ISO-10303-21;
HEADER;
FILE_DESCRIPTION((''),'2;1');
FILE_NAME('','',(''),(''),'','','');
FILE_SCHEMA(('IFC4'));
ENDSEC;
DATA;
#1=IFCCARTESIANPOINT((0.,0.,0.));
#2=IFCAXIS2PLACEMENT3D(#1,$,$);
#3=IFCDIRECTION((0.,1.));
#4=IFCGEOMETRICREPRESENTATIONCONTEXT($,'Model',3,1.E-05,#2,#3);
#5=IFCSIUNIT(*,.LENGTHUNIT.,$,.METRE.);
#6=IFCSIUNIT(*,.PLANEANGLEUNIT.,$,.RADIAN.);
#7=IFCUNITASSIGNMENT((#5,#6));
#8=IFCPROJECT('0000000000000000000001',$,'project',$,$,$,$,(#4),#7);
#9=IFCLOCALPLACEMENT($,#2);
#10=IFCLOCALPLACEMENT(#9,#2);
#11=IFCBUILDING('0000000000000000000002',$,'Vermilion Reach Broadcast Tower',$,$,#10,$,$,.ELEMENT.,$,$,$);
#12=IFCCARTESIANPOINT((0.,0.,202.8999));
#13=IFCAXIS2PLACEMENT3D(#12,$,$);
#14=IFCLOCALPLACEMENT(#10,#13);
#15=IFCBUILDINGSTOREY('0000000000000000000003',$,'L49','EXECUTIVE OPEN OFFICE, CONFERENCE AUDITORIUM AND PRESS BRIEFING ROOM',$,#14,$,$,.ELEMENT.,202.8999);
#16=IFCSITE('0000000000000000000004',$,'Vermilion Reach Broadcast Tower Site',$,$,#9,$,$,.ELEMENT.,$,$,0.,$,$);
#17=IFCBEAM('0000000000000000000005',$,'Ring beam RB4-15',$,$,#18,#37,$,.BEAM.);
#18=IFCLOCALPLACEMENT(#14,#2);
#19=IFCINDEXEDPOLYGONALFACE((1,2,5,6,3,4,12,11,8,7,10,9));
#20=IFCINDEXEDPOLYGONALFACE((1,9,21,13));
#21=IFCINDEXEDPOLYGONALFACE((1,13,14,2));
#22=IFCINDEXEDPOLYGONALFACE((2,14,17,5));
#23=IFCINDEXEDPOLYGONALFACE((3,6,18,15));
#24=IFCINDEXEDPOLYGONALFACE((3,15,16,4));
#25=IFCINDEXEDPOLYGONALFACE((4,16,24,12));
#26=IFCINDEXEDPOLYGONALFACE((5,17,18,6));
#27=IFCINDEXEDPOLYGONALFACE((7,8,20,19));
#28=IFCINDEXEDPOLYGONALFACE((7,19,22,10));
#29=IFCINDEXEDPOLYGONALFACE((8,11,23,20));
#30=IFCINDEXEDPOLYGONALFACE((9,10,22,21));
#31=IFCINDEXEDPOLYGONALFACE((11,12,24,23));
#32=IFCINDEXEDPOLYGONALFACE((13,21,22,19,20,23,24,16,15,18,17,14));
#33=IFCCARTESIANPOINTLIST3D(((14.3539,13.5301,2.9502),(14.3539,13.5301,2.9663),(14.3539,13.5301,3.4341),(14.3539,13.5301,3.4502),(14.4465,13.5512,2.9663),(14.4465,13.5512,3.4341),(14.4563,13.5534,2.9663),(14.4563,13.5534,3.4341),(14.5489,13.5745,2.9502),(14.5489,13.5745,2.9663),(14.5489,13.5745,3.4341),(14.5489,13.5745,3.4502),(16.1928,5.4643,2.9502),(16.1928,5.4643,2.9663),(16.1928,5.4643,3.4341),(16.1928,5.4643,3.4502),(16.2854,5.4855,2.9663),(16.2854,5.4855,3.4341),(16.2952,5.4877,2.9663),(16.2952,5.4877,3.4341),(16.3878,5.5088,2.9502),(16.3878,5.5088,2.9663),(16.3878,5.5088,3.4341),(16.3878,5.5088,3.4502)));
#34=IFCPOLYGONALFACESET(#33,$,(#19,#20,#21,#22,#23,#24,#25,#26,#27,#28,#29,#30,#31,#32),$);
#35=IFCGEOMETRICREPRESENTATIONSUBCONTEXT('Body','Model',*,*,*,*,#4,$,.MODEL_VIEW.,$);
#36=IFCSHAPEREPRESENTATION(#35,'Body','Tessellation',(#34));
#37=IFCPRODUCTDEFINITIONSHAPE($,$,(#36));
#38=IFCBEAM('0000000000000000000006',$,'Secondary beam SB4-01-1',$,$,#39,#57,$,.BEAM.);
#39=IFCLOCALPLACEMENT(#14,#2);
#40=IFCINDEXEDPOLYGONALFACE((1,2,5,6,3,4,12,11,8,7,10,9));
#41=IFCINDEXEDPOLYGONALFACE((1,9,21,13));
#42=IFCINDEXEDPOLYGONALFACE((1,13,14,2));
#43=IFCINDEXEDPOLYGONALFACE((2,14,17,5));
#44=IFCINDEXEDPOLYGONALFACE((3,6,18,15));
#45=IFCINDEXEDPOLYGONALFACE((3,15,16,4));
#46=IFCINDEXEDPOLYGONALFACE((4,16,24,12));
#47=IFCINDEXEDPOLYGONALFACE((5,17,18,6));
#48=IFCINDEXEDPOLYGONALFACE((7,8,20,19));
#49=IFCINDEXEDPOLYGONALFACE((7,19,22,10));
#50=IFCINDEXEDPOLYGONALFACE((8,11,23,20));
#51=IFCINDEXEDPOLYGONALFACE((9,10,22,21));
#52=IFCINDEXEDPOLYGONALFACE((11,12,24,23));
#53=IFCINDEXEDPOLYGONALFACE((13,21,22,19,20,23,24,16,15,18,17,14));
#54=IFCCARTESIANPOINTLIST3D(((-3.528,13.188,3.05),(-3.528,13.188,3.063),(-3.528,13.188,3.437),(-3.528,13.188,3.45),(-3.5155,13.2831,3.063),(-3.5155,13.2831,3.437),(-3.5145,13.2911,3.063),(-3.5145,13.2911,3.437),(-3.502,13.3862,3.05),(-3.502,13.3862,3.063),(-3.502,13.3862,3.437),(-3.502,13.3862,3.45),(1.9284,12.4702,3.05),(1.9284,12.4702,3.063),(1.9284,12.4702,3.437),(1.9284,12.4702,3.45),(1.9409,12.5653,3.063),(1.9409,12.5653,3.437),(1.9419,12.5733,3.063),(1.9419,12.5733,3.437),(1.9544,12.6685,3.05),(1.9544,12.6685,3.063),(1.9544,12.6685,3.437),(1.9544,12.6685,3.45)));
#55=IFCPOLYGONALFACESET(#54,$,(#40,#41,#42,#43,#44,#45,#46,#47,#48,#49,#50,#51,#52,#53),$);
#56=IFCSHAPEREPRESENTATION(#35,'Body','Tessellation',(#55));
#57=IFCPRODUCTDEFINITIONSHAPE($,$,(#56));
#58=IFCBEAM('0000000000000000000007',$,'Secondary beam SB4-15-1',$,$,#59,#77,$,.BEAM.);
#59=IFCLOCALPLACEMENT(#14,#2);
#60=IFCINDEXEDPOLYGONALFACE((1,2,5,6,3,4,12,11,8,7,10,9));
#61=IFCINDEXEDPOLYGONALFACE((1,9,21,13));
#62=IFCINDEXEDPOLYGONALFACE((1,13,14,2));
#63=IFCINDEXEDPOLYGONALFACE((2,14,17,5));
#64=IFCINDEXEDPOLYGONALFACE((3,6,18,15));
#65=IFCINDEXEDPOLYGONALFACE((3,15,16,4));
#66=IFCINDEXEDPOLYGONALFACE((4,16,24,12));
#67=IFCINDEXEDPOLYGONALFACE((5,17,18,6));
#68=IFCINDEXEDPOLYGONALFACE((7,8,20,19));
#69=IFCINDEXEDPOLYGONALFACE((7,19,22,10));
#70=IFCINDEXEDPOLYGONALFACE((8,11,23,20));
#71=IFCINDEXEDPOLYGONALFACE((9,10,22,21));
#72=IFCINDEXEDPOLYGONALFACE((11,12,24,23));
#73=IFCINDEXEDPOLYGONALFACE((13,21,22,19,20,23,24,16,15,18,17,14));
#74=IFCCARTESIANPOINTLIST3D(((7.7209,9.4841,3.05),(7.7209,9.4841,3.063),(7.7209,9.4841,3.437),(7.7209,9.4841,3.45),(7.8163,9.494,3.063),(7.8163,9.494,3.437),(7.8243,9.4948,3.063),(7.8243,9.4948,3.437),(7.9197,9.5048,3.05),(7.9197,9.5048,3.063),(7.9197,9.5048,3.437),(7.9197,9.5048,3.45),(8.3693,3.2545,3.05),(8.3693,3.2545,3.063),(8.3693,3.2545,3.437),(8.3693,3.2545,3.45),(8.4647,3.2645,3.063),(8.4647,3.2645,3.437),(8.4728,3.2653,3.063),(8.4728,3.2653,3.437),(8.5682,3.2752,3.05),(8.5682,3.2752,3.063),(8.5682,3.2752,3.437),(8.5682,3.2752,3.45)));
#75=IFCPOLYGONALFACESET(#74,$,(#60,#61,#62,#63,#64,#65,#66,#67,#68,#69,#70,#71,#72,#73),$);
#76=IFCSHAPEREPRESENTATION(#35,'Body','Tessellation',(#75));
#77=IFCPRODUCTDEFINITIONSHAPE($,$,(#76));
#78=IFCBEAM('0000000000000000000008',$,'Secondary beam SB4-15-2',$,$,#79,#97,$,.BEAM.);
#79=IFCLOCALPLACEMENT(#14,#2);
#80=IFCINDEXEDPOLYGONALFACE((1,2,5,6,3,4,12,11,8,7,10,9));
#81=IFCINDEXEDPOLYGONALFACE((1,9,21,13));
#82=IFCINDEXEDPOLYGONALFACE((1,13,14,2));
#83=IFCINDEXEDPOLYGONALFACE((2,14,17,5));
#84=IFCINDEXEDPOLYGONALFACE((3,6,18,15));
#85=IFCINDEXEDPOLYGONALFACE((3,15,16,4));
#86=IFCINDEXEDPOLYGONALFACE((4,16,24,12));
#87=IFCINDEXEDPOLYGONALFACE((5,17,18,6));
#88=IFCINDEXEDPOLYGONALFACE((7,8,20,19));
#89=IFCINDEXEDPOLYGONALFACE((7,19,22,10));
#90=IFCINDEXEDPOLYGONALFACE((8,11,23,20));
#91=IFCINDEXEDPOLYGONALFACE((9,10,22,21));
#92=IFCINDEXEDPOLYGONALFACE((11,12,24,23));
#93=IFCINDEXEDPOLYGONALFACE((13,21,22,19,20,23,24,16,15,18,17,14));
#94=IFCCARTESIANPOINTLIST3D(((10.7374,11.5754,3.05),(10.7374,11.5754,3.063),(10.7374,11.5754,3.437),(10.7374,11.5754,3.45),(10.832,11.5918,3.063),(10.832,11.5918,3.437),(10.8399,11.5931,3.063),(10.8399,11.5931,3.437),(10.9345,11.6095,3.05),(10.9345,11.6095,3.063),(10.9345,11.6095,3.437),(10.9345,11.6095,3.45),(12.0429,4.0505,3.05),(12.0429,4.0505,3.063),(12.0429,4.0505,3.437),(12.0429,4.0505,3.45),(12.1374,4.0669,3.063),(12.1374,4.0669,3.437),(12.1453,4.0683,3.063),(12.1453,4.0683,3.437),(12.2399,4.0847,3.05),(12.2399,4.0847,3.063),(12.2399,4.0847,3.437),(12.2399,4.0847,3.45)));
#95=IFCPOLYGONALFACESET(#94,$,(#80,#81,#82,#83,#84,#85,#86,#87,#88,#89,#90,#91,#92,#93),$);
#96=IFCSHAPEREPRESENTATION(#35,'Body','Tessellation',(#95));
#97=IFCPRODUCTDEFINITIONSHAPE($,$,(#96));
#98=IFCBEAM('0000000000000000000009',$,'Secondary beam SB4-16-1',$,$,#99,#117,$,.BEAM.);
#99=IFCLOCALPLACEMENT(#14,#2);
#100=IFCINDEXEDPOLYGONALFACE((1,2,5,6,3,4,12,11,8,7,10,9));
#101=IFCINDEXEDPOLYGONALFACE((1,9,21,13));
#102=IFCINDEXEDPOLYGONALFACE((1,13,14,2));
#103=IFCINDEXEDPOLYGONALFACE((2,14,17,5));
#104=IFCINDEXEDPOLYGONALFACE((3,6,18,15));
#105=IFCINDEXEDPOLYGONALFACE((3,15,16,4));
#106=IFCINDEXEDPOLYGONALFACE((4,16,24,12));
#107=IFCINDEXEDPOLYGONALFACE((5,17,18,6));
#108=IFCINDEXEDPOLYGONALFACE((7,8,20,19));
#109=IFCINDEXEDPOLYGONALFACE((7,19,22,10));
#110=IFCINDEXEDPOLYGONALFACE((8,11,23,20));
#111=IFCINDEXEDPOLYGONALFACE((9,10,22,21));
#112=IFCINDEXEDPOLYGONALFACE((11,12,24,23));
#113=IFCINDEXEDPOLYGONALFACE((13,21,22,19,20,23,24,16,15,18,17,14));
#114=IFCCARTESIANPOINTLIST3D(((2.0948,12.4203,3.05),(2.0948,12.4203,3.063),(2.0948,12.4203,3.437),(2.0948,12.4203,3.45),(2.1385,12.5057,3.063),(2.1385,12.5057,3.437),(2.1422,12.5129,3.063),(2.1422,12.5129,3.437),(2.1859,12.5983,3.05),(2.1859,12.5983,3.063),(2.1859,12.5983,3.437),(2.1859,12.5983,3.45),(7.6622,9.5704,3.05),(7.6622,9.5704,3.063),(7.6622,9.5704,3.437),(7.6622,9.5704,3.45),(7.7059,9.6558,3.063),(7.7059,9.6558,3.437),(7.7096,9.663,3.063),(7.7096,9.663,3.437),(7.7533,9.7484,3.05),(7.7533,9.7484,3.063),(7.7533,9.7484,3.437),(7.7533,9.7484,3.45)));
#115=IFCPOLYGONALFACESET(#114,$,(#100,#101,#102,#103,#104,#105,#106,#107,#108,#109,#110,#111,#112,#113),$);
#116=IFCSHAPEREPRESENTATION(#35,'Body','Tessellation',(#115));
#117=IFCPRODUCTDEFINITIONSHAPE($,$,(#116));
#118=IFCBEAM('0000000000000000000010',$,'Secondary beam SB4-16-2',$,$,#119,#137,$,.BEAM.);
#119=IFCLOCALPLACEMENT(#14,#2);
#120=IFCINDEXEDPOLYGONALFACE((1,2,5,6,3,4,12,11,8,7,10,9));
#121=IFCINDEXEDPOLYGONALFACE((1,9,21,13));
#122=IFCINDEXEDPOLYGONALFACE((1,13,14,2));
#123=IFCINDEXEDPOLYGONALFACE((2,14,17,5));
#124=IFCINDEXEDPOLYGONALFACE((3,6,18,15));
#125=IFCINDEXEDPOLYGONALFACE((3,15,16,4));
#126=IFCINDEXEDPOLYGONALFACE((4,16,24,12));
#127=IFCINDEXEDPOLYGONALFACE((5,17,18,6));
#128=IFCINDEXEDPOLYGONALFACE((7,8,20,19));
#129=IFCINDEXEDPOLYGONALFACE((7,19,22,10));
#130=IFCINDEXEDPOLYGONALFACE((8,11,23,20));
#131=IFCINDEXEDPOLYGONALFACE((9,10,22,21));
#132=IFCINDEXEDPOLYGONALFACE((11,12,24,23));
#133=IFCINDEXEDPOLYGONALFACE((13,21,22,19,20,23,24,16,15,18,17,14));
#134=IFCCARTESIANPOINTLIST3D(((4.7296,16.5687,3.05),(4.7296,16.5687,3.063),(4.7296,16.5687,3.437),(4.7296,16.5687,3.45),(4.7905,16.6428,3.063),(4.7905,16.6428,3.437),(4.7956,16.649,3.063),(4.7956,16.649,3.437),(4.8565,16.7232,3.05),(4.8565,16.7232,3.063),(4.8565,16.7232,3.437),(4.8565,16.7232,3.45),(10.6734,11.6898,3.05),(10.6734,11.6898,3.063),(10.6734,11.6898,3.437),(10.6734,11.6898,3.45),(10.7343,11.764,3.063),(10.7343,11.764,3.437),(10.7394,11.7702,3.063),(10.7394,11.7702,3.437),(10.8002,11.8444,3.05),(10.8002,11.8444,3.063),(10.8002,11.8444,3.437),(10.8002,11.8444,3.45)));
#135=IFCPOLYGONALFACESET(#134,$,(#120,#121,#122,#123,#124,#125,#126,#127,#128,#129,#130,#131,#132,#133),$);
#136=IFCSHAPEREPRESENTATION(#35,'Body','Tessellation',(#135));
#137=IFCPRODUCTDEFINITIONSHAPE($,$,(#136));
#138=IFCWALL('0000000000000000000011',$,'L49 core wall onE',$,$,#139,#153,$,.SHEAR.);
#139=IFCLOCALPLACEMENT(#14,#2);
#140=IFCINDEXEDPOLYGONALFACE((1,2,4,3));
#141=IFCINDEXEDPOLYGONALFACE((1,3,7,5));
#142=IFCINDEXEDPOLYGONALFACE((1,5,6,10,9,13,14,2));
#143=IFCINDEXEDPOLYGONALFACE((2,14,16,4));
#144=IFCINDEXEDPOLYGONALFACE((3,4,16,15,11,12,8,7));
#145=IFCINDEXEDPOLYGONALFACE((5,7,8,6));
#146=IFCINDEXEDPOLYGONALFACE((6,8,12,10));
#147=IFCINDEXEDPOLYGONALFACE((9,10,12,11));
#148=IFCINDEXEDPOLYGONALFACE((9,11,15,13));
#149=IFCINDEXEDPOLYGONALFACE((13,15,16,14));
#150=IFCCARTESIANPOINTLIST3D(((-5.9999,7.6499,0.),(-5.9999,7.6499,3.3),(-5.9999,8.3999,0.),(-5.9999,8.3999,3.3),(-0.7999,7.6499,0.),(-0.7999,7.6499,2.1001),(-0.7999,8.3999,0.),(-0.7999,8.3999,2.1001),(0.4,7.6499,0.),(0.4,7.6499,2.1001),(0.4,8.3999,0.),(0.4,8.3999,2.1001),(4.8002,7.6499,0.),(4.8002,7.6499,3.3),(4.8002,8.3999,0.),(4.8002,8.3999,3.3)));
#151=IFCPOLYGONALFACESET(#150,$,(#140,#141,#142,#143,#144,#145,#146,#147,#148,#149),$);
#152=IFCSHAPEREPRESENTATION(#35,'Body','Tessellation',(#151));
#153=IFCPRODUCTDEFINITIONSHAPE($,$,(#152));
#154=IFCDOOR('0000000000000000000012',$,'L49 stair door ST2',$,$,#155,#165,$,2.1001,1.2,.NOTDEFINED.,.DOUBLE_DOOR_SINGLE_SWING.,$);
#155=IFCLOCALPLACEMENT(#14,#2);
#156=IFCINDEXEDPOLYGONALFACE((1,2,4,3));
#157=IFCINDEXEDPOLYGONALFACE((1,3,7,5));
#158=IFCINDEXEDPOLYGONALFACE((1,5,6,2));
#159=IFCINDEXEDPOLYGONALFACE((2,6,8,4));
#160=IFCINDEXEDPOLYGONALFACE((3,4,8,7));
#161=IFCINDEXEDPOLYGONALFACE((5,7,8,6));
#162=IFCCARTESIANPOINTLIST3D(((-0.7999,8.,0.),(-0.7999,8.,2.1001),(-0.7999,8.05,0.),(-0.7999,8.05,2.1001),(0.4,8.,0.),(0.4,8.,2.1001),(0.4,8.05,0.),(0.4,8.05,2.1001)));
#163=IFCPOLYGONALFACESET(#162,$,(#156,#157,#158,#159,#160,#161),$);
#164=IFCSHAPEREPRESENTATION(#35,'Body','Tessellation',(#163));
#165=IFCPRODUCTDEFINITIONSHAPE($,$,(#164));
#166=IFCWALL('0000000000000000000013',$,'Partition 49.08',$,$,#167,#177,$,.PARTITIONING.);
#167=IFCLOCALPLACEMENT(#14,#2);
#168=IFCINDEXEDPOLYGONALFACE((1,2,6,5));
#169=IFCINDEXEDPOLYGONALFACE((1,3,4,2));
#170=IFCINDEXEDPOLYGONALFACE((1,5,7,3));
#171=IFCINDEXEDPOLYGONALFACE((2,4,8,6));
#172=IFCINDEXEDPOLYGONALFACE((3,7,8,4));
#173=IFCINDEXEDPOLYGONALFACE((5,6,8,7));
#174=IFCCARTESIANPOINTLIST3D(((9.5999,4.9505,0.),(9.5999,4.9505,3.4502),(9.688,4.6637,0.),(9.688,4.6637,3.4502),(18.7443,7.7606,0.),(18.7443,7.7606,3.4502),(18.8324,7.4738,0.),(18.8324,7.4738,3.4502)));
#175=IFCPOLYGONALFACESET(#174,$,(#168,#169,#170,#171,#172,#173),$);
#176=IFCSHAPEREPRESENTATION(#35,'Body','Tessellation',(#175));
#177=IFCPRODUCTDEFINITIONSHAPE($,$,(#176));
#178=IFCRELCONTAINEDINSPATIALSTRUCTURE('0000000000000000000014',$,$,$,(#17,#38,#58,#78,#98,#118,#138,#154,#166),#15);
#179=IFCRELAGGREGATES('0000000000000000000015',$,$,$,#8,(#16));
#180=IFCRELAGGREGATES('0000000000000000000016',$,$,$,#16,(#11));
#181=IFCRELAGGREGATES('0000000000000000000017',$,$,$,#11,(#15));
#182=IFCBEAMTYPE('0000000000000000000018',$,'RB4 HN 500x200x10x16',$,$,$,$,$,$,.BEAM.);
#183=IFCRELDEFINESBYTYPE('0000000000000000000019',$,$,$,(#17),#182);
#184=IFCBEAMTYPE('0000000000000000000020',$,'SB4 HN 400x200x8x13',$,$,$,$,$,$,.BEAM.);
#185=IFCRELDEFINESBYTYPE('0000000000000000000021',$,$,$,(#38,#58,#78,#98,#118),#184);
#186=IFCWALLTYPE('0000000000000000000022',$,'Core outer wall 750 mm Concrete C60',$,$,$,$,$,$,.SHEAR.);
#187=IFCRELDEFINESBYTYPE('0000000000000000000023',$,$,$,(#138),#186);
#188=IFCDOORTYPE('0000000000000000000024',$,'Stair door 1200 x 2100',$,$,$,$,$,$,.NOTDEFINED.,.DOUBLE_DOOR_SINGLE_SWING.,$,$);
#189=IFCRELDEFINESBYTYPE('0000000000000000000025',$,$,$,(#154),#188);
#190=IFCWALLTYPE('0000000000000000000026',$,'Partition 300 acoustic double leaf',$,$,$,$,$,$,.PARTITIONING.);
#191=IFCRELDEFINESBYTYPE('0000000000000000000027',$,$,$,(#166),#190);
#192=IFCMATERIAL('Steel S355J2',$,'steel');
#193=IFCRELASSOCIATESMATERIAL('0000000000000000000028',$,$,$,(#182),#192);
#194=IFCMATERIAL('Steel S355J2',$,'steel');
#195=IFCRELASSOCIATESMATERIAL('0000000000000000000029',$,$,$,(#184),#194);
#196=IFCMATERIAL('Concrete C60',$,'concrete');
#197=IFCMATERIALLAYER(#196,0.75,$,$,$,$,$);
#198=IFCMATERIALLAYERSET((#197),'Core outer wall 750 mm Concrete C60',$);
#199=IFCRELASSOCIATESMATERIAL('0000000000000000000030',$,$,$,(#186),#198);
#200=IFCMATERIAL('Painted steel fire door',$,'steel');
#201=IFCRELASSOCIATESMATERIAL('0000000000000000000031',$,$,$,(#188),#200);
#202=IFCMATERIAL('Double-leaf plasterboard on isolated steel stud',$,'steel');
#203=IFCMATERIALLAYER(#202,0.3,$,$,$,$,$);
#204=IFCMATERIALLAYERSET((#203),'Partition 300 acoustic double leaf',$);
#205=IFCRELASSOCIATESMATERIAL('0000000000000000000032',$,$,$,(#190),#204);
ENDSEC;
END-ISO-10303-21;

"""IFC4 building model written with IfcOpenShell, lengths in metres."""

from ifc_helpers import new_model, si_unit, direction, frame, frame_2d, origin, origin_2d, place, context, subcontext, project, spatial, rectangle, i_section, extrude, material, layer, layer_set, material_profile, profile_set, type_object, element, fill, save


model = new_model("IFC4")

# Units and contexts
model_context = context("Model", 3, precision=1e-05, world=origin(), true_north=direction((0.0, 1.0)))
body_context = subcontext(model_context, "Body", "Model", "MODEL_VIEW")
ifc_project = project(units=[si_unit("LENGTHUNIT", "METRE"), si_unit("PLANEANGLEUNIT", "RADIAN")], contexts=[model_context])

# Site, building, storey
site_placement = place(None, origin())
site = spatial("IfcSite", under=ifc_project, at=site_placement, Name="Vermilion Reach Broadcast Tower Site", CompositionType="ELEMENT", RefElevation=0.0)
building_placement = place(site_placement, origin())
building = spatial("IfcBuilding", under=site, at=building_placement, Name="Vermilion Reach Broadcast Tower", CompositionType="ELEMENT")
storey_placement = place(building_placement, frame((0.0, 0.0, 202.8999)))
storey = spatial("IfcBuildingStorey", under=building, at=storey_placement, Name="L49", Description="EXECUTIVE OPEN OFFICE, CONFERENCE AUDITORIUM AND PRESS BRIEFING ROOM", CompositionType="ELEMENT", Elevation=202.8999)

# Beams
ifc_material_1 = material(Name="Steel S355J2", Category="steel")
ifc_material_profile_1 = material_profile(ifc_material_1, i_section(OverallWidth=0.2, OverallDepth=0.5, WebThickness=0.01, FlangeThickness=0.0161, at=origin_2d()), Name="S355J2 HN 500x200x10x16")
ifc_profile_set_1 = profile_set([ifc_material_profile_1], Name="Steel S355J2")
beam_type_1 = type_object("IfcBeamType", Name="RB4 HN 500x200x10x16", PredefinedType="BEAM", material=ifc_profile_set_1)
beam_1_placement = place(storey_placement, frame((16.2903, 5.4866, 3.2002), z_axis=(-0.222283, 0.974982, 0.0), x_axis=(-0.974982, -0.222283, 0.0)))
element("IfcBeam", 1, at=beam_1_placement, inside=storey, type_object=beam_type_1, Name="Ring beam RB4-15", PredefinedType="BEAM", context=body_context, shape_type="SweptSolid", body=[
    extrude(i_section(OverallWidth=0.2, OverallDepth=0.5, WebThickness=0.01, FlangeThickness=0.0161, at=origin_2d()), origin(), (0.0, 0.0, 1.0), 8.2727),
])
ifc_material_2 = material(Name="Steel S355J2", Category="steel")
ifc_material_profile_2 = material_profile(ifc_material_2, i_section(OverallWidth=0.2, OverallDepth=0.3999, WebThickness=0.0081, FlangeThickness=0.0129, at=origin_2d()), Name="S355J2 HN 400x200x8x13")
ifc_profile_set_2 = profile_set([ifc_material_profile_2], Name="Steel S355J2")
beam_type_2 = type_object("IfcBeamType", Name="SB4 HN 400x200x8x13", PredefinedType="BEAM", material=ifc_profile_set_2)
beam_2_placement = place(storey_placement, frame((1.9414, 12.5693, 3.25), z_axis=(-0.991458, 0.130426, 0.0), x_axis=(-0.130426, -0.991458, 0.0)))
element("IfcBeam", 2, at=beam_2_placement, inside=storey, type_object=beam_type_2, Name="Secondary beam SB4-01-1", PredefinedType="BEAM", context=body_context, shape_type="SweptSolid", body=[
    extrude(i_section(OverallWidth=0.2, OverallDepth=0.3999, WebThickness=0.0081, FlangeThickness=0.0129, at=origin_2d()), origin(), (0.0, 0.0, 1.0), 5.5034),
])
beam_3_placement = place(storey_placement, frame((8.4688, 3.2649, 3.25), z_axis=(-0.103532, 0.994626, 0.0), x_axis=(-0.994626, -0.103532, 0.0)))
element("IfcBeam", 3, at=beam_3_placement, inside=storey, type_object=beam_type_2, Name="Secondary beam SB4-15-1", PredefinedType="BEAM", context=body_context, shape_type="SweptSolid", body=[
    extrude(i_section(OverallWidth=0.2, OverallDepth=0.3999, WebThickness=0.0081, FlangeThickness=0.0129, at=origin_2d()), origin(), (0.0, 0.0, 1.0), 6.2632),
])
beam_4_placement = place(storey_placement, frame((12.1414, 4.0676, 3.25), z_axis=(-0.170927, 0.985284, 0.0), x_axis=(-0.985284, -0.170927, 0.0)))
element("IfcBeam", 4, at=beam_4_placement, inside=storey, type_object=beam_type_2, Name="Secondary beam SB4-15-2", PredefinedType="BEAM", context=body_context, shape_type="SweptSolid", body=[
    extrude(i_section(OverallWidth=0.2, OverallDepth=0.3999, WebThickness=0.0081, FlangeThickness=0.0129, at=origin_2d()), origin(), (0.0, 0.0, 1.0), 7.6372),
])
beam_5_placement = place(storey_placement, frame((7.7078, 9.6594, 3.25), z_axis=(-0.890156, 0.455656, 0.0), x_axis=(-0.455656, -0.890156, 0.0)))
element("IfcBeam", 5, at=beam_5_placement, inside=storey, type_object=beam_type_2, Name="Secondary beam SB4-16-1", PredefinedType="BEAM", context=body_context, shape_type="SweptSolid", body=[
    extrude(i_section(OverallWidth=0.2, OverallDepth=0.3999, WebThickness=0.0081, FlangeThickness=0.0129, at=origin_2d()), origin(), (0.0, 0.0, 1.0), 6.2544),
])
beam_6_placement = place(storey_placement, frame((10.7368, 11.7671, 3.25), z_axis=(-0.772952, 0.634465, 0.0), x_axis=(-0.634465, -0.772952, 0.0)))
element("IfcBeam", 6, at=beam_6_placement, inside=storey, type_object=beam_type_2, Name="Secondary beam SB4-16-2", PredefinedType="BEAM", context=body_context, shape_type="SweptSolid", body=[
    extrude(i_section(OverallWidth=0.2, OverallDepth=0.3999, WebThickness=0.0081, FlangeThickness=0.0129, at=origin_2d()), origin(), (0.0, 0.0, 1.0), 7.6897),
])

# Wall, opening, door
ifc_material_3 = material(Name="Concrete C60", Category="concrete")
ifc_layer_1 = layer(ifc_material_3, 0.75)
ifc_layer_set_1 = layer_set([ifc_layer_1], Name="Core outer wall 750 mm Concrete C60")
wall_type_1 = type_object("IfcWallType", Name="Core outer wall 750 mm Concrete C60", PredefinedType="SHEAR", material=ifc_layer_set_1)
wall_1_placement = place(storey_placement, frame((4.8, 8.0249, 0.0), z_axis=(0.0, 0.0, 1.0), x_axis=(-1.0, 0.0, 0.0)))
wall_1 = element("IfcWall", 7, at=wall_1_placement, inside=storey, type_object=wall_type_1, Name="L49 core wall onE", PredefinedType="SHEAR", context=body_context, shape_type="SweptSolid", body=[
    extrude(rectangle(XDim=10.8, YDim=0.75, at=frame_2d((5.3999, 0.0))), origin(), (0.0, 0.0, 1.0), 3.3),
])
opening_1_placement = place(wall_1_placement, frame((4.3999, 0.0, 0.0)))
opening_1 = element("IfcOpeningElement", 8, at=opening_1_placement, cuts=wall_1, PredefinedType="OPENING", context=body_context, shape_type="SweptSolid", body=[
    extrude(rectangle(XDim=1.2, YDim=2.1001, at=frame_2d((0.6001, 1.05))), frame((0.0, 0.385, 0.0), z_axis=(0.0, -1.0, 0.0), x_axis=(1.0, 0.0, 0.0)), (0.0, 0.0, 1.0), 0.77),
])
ifc_material_4 = material(Name="Painted steel fire door", Category="steel")
door_type_1 = type_object("IfcDoorType", Name="Stair door 1200 x 2100", OperationType="DOUBLE_DOOR_SINGLE_SWING", PredefinedType="NOTDEFINED", material=ifc_material_4)
door_1_placement = place(opening_1_placement, origin())
door_1 = element("IfcDoor", 9, at=door_1_placement, inside=storey, type_object=door_type_1, Name="L49 stair door ST2", OperationType="DOUBLE_DOOR_SINGLE_SWING", OverallHeight=2.1001, OverallWidth=1.2, PredefinedType="NOTDEFINED", context=body_context, shape_type="SweptSolid", body=[
    extrude(rectangle(XDim=1.2, YDim=2.1001, at=frame_2d((0.6001, 1.05))), frame((0.0, 0.0249, 0.0), z_axis=(0.0, -1.0, 0.0), x_axis=(1.0, 0.0, 0.0)), (0.0, 0.0, 1.0), 0.05),
])
fill(opening_1, door_1)

# Wall
ifc_material_5 = material(Name="Double-leaf plasterboard on isolated steel stud", Category="steel")
ifc_layer_2 = layer(ifc_material_5, 0.3)
ifc_layer_set_2 = layer_set([ifc_layer_2], Name="Partition 300 acoustic double leaf")
wall_type_2 = type_object("IfcWallType", Name="Partition 300 acoustic double leaf", PredefinedType="PARTITIONING", material=ifc_layer_set_2)
wall_2_placement = place(storey_placement, frame((18.7883, 7.6172, 0.0), z_axis=(0.0, 0.0, 1.0), x_axis=(-0.955884, -0.293745, 0.0)))
element("IfcWall", 10, at=wall_2_placement, inside=storey, type_object=wall_type_2, Name="Partition 49.08", PredefinedType="PARTITIONING", context=body_context, shape_type="SweptSolid", body=[
    extrude(rectangle(XDim=9.5664, YDim=0.3, at=frame_2d((4.7832, 0.0))), origin(), (0.0, 0.0, 1.0), 3.4502),
])

save(model, "model.ifc")
